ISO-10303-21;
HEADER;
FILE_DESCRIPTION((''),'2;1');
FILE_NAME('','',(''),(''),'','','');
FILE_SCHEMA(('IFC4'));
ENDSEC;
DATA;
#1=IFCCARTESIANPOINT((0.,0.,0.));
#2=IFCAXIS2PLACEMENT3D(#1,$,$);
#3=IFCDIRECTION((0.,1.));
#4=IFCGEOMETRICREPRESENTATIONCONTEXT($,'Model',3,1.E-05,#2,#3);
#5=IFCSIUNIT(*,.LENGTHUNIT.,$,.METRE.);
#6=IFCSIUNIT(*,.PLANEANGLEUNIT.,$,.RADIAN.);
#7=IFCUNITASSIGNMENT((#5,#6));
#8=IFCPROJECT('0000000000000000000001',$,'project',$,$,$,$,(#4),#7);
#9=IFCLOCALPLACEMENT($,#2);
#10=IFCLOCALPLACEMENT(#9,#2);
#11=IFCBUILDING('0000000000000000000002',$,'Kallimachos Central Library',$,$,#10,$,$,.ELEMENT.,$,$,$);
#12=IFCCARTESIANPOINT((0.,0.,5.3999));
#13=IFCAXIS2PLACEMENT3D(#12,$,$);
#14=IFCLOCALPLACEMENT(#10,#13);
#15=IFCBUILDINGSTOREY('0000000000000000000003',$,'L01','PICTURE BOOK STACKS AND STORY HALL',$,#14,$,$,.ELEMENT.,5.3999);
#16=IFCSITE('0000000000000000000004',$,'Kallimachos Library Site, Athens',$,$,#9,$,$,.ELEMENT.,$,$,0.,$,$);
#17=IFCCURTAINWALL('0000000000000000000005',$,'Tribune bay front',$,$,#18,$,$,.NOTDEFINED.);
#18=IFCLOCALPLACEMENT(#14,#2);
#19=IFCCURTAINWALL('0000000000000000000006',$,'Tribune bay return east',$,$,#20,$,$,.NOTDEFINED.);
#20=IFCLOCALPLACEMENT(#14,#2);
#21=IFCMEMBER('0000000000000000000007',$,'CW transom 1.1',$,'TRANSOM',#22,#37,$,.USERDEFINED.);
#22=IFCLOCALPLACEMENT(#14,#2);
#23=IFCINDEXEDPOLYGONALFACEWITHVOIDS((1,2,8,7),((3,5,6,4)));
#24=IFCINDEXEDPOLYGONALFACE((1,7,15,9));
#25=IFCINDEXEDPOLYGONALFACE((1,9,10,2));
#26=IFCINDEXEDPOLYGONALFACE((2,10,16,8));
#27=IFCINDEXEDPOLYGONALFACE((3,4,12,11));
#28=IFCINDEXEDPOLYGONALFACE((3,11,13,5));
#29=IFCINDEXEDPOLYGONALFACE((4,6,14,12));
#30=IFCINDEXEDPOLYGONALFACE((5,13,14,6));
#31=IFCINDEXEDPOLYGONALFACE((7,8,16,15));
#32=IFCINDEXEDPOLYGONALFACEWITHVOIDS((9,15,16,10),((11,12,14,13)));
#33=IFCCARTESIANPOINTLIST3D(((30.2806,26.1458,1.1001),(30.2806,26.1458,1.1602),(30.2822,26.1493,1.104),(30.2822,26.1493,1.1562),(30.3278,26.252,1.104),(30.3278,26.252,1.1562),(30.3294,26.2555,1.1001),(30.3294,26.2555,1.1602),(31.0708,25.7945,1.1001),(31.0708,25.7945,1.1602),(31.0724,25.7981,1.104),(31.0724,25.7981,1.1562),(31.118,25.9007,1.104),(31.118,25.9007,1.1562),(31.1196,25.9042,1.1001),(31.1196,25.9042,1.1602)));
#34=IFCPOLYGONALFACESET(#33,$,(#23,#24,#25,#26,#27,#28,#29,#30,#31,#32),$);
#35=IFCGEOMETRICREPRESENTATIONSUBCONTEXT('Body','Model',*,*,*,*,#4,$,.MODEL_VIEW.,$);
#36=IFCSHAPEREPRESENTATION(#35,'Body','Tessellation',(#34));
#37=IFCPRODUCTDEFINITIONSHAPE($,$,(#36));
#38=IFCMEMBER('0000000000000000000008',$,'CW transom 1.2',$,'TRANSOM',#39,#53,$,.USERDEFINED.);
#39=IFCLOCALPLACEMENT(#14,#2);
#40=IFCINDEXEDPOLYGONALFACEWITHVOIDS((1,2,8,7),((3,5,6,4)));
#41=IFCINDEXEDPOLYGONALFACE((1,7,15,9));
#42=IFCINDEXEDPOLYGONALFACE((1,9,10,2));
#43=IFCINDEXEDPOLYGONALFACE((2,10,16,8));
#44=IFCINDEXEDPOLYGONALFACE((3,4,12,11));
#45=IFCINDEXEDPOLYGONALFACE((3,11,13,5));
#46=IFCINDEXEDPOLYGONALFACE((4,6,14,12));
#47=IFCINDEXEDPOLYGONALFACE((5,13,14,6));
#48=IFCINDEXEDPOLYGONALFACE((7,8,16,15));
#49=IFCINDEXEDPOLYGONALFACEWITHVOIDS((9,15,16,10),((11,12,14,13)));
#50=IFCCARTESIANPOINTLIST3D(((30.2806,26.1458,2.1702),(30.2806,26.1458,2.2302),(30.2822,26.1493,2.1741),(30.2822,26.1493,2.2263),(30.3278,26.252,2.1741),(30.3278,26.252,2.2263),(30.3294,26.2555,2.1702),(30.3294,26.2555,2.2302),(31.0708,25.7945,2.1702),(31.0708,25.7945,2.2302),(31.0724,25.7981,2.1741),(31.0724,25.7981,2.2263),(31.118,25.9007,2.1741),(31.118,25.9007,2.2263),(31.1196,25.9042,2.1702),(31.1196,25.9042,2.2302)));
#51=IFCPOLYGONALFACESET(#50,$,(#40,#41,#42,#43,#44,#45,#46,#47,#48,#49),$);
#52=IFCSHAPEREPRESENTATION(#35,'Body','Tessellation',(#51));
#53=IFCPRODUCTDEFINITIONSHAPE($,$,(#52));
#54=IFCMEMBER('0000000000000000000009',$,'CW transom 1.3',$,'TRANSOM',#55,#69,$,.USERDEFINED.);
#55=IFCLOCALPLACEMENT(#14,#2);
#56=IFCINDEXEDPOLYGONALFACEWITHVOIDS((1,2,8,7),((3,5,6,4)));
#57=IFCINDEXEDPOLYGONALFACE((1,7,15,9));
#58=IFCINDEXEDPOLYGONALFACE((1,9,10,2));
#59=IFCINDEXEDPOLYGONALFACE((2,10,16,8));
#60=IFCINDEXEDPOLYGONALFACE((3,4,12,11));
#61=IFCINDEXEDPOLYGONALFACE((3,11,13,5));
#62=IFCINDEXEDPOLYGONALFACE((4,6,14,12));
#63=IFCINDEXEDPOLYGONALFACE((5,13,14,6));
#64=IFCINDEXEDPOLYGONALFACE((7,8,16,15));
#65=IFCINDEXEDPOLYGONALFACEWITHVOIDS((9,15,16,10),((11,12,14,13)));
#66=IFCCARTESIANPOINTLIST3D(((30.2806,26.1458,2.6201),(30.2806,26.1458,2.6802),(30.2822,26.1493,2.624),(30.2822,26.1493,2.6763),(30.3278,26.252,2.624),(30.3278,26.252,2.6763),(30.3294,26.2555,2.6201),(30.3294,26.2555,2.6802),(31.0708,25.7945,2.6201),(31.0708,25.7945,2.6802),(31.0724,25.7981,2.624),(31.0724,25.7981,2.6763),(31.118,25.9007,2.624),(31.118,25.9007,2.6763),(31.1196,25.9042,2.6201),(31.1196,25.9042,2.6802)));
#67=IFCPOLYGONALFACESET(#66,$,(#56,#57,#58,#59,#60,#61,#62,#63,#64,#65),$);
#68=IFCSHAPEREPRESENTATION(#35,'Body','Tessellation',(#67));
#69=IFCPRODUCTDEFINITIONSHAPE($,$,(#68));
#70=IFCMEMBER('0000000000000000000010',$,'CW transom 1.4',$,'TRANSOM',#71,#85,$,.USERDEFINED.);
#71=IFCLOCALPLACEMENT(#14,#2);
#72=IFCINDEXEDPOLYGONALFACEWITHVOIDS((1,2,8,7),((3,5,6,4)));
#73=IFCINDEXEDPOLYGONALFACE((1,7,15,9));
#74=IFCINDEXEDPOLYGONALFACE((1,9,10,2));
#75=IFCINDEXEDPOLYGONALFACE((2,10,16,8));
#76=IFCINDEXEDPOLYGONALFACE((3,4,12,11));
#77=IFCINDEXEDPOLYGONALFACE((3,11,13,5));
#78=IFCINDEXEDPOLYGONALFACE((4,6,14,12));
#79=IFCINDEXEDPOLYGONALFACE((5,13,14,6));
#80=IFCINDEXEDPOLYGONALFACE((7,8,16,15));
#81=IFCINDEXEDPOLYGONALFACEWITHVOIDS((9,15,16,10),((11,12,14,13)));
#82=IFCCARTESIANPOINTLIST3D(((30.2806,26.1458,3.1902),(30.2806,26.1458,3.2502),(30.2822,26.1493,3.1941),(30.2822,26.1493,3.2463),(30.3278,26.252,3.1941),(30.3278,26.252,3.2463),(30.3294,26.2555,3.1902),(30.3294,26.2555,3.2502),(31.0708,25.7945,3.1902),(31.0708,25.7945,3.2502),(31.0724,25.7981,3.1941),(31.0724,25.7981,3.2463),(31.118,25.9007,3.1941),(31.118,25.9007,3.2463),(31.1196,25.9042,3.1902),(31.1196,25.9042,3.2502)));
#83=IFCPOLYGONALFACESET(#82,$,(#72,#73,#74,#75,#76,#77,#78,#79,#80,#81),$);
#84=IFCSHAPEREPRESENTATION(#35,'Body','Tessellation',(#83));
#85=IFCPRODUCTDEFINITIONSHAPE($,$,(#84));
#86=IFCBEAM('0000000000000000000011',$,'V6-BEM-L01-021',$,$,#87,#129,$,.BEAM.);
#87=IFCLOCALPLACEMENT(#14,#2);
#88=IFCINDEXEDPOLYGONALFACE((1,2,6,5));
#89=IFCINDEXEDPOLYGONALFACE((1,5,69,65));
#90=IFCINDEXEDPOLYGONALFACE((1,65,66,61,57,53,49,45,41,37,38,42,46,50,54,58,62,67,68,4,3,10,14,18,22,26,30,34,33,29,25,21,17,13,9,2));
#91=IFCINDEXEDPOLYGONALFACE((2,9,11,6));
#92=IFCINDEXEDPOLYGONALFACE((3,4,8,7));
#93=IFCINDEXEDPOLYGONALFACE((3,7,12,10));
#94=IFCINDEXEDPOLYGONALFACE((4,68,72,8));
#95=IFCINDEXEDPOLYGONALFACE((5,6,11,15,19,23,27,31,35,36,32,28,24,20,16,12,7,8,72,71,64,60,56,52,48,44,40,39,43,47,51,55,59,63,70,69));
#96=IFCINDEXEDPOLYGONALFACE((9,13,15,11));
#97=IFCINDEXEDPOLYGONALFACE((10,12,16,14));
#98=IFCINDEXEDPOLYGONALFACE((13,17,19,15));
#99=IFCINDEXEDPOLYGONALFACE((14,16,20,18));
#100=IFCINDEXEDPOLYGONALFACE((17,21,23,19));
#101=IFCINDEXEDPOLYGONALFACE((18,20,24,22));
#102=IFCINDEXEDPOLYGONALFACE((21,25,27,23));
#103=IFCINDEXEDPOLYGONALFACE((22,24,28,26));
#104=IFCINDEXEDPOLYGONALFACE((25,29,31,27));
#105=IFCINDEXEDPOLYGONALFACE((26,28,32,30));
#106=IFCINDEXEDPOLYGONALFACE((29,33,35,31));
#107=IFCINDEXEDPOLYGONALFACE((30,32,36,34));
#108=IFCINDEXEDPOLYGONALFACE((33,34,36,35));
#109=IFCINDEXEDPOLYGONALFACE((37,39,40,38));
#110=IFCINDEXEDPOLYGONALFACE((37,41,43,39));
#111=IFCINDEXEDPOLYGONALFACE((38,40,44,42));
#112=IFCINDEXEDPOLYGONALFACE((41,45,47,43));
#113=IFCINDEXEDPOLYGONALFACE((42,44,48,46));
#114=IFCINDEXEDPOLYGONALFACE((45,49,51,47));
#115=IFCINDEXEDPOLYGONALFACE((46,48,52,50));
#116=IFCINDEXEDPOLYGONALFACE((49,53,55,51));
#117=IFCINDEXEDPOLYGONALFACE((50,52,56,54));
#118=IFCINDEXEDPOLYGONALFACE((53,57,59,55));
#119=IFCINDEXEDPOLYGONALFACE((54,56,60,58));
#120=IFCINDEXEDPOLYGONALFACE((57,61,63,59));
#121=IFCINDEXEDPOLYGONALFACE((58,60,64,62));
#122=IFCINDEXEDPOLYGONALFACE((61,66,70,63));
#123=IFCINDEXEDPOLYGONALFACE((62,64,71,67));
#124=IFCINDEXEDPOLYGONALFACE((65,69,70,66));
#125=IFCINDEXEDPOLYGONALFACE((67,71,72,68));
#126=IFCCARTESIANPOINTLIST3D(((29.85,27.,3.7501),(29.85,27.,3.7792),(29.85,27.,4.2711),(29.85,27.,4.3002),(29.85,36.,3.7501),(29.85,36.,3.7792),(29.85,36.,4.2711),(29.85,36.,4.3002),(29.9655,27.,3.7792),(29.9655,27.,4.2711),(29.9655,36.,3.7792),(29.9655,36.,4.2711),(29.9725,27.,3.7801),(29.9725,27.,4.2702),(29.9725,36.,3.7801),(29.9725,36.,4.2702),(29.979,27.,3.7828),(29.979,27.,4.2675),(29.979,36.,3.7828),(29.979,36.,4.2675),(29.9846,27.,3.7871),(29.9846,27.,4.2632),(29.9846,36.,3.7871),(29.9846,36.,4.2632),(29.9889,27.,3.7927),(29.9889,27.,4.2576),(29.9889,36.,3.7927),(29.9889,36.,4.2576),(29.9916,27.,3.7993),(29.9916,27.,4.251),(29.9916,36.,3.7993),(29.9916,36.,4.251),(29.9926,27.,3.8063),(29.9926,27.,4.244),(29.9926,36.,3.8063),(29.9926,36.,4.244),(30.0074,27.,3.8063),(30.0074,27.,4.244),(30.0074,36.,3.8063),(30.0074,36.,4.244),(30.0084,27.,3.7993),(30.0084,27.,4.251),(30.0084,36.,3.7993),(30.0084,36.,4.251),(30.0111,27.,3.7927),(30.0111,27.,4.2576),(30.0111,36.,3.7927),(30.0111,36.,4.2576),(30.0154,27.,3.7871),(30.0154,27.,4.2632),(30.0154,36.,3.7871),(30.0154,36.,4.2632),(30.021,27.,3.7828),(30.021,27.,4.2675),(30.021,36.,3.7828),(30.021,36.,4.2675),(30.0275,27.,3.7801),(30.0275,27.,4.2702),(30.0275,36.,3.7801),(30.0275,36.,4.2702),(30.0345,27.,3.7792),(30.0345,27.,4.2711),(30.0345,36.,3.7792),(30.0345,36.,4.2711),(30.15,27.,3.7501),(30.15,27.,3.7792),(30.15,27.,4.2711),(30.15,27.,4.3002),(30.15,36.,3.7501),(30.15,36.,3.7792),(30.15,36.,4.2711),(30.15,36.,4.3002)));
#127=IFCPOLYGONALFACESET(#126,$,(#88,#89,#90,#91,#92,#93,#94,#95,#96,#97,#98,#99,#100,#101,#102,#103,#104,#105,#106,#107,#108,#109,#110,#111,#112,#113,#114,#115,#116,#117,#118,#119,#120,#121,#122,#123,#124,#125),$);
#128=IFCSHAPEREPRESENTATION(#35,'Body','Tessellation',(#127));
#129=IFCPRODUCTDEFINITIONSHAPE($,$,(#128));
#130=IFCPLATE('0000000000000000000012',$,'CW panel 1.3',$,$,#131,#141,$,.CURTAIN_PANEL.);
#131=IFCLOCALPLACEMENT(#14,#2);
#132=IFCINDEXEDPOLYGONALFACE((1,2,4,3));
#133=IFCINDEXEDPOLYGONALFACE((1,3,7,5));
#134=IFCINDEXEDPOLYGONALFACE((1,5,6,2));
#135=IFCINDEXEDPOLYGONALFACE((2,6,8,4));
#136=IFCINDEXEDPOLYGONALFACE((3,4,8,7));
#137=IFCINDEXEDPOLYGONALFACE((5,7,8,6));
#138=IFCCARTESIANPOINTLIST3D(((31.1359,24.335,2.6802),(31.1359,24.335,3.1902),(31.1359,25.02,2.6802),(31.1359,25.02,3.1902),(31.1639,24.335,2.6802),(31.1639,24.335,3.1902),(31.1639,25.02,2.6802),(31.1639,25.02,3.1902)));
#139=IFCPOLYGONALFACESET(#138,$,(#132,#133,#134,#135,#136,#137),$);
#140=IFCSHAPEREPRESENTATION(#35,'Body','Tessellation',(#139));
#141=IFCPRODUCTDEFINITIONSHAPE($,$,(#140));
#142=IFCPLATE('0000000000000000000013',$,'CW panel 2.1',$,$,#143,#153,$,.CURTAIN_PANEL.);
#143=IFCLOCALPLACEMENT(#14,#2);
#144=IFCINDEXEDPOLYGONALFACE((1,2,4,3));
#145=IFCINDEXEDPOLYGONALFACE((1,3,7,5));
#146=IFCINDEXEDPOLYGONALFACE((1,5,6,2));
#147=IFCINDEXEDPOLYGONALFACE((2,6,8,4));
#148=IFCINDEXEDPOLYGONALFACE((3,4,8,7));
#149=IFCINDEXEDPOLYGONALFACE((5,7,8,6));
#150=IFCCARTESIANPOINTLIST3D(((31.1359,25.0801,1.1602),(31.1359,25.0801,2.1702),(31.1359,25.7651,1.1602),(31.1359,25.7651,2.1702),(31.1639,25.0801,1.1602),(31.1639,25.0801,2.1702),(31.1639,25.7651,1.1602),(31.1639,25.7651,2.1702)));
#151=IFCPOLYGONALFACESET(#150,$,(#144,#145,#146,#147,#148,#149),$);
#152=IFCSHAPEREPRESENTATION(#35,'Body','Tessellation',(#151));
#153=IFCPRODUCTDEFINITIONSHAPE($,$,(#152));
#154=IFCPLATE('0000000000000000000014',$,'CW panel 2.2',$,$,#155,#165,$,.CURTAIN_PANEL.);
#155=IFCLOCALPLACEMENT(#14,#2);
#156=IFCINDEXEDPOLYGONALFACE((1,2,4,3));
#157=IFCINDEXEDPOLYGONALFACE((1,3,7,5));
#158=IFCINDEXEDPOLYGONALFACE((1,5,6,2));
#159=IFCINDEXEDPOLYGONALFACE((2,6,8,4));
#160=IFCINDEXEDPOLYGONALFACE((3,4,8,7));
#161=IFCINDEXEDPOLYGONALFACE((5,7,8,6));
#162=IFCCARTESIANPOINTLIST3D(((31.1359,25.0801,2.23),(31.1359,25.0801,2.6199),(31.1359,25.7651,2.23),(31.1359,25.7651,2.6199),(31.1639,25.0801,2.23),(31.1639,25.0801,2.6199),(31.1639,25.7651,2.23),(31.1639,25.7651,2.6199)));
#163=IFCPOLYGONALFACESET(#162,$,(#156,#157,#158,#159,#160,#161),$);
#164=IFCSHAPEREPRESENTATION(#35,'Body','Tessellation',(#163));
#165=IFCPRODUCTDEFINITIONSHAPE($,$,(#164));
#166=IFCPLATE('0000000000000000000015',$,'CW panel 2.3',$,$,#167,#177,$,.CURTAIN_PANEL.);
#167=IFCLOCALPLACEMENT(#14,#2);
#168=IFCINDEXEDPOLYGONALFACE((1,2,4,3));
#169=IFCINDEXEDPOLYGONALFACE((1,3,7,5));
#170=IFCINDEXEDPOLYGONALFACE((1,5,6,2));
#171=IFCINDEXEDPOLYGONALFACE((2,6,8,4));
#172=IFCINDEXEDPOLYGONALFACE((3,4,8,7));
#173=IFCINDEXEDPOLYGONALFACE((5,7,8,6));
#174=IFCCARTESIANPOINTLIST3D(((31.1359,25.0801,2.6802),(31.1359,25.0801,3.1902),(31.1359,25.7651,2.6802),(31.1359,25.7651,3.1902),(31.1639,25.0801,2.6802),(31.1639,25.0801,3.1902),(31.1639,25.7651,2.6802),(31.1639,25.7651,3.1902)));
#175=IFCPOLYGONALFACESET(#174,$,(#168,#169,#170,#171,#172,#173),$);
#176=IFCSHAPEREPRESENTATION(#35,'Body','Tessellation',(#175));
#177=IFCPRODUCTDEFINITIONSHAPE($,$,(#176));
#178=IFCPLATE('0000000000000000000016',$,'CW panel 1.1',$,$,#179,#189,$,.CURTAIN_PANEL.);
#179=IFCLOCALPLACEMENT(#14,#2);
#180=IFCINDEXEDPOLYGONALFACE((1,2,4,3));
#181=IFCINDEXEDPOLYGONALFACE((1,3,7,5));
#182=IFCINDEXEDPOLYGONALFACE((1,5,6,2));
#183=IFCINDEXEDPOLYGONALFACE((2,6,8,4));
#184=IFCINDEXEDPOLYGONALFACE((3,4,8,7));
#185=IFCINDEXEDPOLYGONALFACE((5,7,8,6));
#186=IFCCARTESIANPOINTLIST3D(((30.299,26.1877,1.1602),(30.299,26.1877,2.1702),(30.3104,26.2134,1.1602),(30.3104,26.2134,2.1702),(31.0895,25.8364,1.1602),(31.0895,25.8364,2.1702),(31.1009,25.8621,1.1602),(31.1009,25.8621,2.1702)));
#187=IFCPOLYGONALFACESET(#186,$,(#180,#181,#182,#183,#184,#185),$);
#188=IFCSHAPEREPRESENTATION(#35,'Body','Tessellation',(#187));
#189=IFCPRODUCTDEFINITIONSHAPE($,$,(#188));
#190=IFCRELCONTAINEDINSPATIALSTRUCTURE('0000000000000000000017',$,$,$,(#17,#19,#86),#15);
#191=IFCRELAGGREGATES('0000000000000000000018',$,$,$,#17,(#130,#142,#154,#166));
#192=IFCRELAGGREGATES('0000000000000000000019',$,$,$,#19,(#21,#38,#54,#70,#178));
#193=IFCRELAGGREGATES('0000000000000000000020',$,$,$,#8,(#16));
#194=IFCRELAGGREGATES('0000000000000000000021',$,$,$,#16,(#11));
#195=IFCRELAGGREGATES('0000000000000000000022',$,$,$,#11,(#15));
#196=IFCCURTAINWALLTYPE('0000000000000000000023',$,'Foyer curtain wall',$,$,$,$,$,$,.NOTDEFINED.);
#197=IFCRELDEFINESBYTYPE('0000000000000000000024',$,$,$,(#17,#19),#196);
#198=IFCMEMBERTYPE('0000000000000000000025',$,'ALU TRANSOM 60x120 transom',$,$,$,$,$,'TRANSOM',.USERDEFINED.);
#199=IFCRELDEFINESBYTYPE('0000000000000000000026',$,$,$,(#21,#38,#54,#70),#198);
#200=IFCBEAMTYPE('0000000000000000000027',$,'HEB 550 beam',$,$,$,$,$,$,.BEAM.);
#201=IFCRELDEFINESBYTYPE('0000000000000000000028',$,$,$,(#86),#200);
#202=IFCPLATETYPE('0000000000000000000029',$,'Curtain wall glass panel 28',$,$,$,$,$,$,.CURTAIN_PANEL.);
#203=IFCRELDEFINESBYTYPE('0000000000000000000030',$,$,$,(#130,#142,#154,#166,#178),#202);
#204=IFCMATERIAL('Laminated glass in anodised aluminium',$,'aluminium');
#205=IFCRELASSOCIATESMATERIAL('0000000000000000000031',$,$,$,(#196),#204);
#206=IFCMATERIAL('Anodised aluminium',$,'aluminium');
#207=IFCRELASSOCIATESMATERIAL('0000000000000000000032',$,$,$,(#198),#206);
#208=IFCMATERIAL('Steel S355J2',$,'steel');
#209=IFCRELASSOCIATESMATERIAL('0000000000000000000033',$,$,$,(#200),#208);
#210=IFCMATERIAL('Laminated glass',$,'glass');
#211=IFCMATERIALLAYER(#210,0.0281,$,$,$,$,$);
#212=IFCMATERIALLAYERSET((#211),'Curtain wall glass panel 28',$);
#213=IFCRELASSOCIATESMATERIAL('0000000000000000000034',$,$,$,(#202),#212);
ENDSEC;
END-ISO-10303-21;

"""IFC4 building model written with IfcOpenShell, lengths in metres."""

from ifc_helpers import new_model, si_unit, direction, frame, origin, origin_2d, place, context, subcontext, project, spatial, rectangle, hollow_rectangle, i_section, extrude, material, layer, layer_set, material_profile, profile_set, type_object, element, aggregate, save


model = new_model("IFC4")

# Units and contexts
model_context = context("Model", 3, precision=1e-05, world=origin(), true_north=direction((0.0, 1.0)))
body_context = subcontext(model_context, "Body", "Model", "MODEL_VIEW")
ifc_project = project(units=[si_unit("LENGTHUNIT", "METRE"), si_unit("PLANEANGLEUNIT", "RADIAN")], contexts=[model_context])

# Site, building, storey
site_placement = place(None, origin())
site = spatial("IfcSite", under=ifc_project, at=site_placement, Name="Kallimachos Library Site, Athens", CompositionType="ELEMENT", RefElevation=0.0)
building_placement = place(site_placement, origin())
building = spatial("IfcBuilding", under=site, at=building_placement, Name="Kallimachos Central Library", CompositionType="ELEMENT")
storey_placement = place(building_placement, frame((0.0, 0.0, 5.3999)))
storey = spatial("IfcBuildingStorey", under=building, at=storey_placement, Name="L01", Description="PICTURE BOOK STACKS AND STORY HALL", CompositionType="ELEMENT", Elevation=5.3999)

# Curtain walls
ifc_material_1 = material(Name="Laminated glass in anodised aluminium", Category="aluminium")
curtain_wall_type = type_object("IfcCurtainWallType", Name="Foyer curtain wall", PredefinedType="NOTDEFINED", material=ifc_material_1)
curtain_wall_1_placement = place(storey_placement, origin())
curtain_wall_1 = element("IfcCurtainWall", 1, at=curtain_wall_1_placement, inside=storey, type_object=curtain_wall_type, Name="Tribune bay front", PredefinedType="NOTDEFINED")
curtain_wall_2_placement = place(storey_placement, origin())
curtain_wall_2 = element("IfcCurtainWall", 2, at=curtain_wall_2_placement, inside=storey, type_object=curtain_wall_type, Name="Tribune bay return east", PredefinedType="NOTDEFINED")

# Members
ifc_material_2 = material(Name="Anodised aluminium", Category="aluminium")
ifc_material_profile_1 = material_profile(ifc_material_2, hollow_rectangle(XDim=0.0601, YDim=0.1201, WallThickness=0.0039, at=origin_2d()), Name="ALU TRANSOM 60x120")
ifc_profile_set_1 = profile_set([ifc_material_profile_1], Name="Anodised aluminium")
member_type_1 = type_object("IfcMemberType", Name="ALU TRANSOM 60x120 transom", ElementType="TRANSOM", PredefinedType="USERDEFINED", material=ifc_profile_set_1)
member_1_placement = place(storey_placement, frame((31.0952, 25.8494, 1.1301), z_axis=(-0.913777, 0.406217, 0.0), x_axis=(0.0, 0.0, 1.0)))
member_1 = element("IfcMember", 3, at=member_1_placement, type_object=member_type_1, Name="CW transom 1.1", ObjectType="TRANSOM", PredefinedType="USERDEFINED", context=body_context, shape_type="SweptSolid", body=[
    extrude(hollow_rectangle(XDim=0.0601, YDim=0.1201, WallThickness=0.0039, at=origin_2d()), origin(), (0.0, 0.0, 1.0), 0.8647),
])
member_2_placement = place(storey_placement, frame((31.0952, 25.8494, 2.2002), z_axis=(-0.913777, 0.406217, 0.0), x_axis=(0.0, 0.0, 1.0)))
member_2 = element("IfcMember", 4, at=member_2_placement, type_object=member_type_1, Name="CW transom 1.2", ObjectType="TRANSOM", PredefinedType="USERDEFINED", context=body_context, shape_type="SweptSolid", body=[
    extrude(hollow_rectangle(XDim=0.0601, YDim=0.1201, WallThickness=0.0039, at=origin_2d()), origin(), (0.0, 0.0, 1.0), 0.8647),
])
member_3_placement = place(storey_placement, frame((31.0952, 25.8494, 2.6501), z_axis=(-0.913777, 0.406217, 0.0), x_axis=(0.0, 0.0, 1.0)))
member_3 = element("IfcMember", 5, at=member_3_placement, type_object=member_type_1, Name="CW transom 1.3", ObjectType="TRANSOM", PredefinedType="USERDEFINED", context=body_context, shape_type="SweptSolid", body=[
    extrude(hollow_rectangle(XDim=0.0601, YDim=0.1201, WallThickness=0.0039, at=origin_2d()), origin(), (0.0, 0.0, 1.0), 0.8647),
])
member_4_placement = place(storey_placement, frame((31.0952, 25.8494, 3.2202), z_axis=(-0.913777, 0.406217, 0.0), x_axis=(0.0, 0.0, 1.0)))
member_4 = element("IfcMember", 6, at=member_4_placement, type_object=member_type_1, Name="CW transom 1.4", ObjectType="TRANSOM", PredefinedType="USERDEFINED", context=body_context, shape_type="SweptSolid", body=[
    extrude(hollow_rectangle(XDim=0.0601, YDim=0.1201, WallThickness=0.0039, at=origin_2d()), origin(), (0.0, 0.0, 1.0), 0.8647),
])

# Beam
ifc_material_3 = material(Name="Steel S355J2", Category="steel")
ifc_material_profile_2 = material_profile(ifc_material_3, i_section(OverallWidth=0.3, OverallDepth=0.55, WebThickness=0.0149, FlangeThickness=0.0291, FilletRadius=0.0271, at=origin_2d()), Name="HEB 550")
ifc_profile_set_2 = profile_set([ifc_material_profile_2], Name="Steel S355J2")
beam_type = type_object("IfcBeamType", Name="HEB 550 beam", PredefinedType="BEAM", material=ifc_profile_set_2)
beam_placement = place(storey_placement, frame((30.0, 27.0, 4.0251), z_axis=(0.0, 1.0, 0.0), x_axis=(-1.0, 0.0, 0.0)))
element("IfcBeam", 7, at=beam_placement, inside=storey, type_object=beam_type, Name="V6-BEM-L01-021", PredefinedType="BEAM", context=body_context, shape_type="SweptSolid", body=[
    extrude(i_section(OverallWidth=0.3, OverallDepth=0.55, WebThickness=0.0149, FlangeThickness=0.0291, FilletRadius=0.0271, at=origin_2d()), origin(), (0.0, 0.0, 1.0), 9.0),
])

# Plates
ifc_material_4 = material(Name="Laminated glass", Category="glass")
ifc_layer = layer(ifc_material_4, 0.0281)
ifc_layer_set = layer_set([ifc_layer], Name="Curtain wall glass panel 28")
plate_type = type_object("IfcPlateType", Name="Curtain wall glass panel 28", PredefinedType="CURTAIN_PANEL", material=ifc_layer_set)
plate_1_placement = place(storey_placement, frame((31.1499, 24.6775, 2.6802), z_axis=(0.0, 0.0, 1.0), x_axis=(0.0, 1.0, 0.0)))
plate_1 = element("IfcPlate", 8, at=plate_1_placement, type_object=plate_type, Name="CW panel 1.3", PredefinedType="CURTAIN_PANEL", context=body_context, shape_type="SweptSolid", body=[
    extrude(rectangle(XDim=0.6851, YDim=0.0281, at=origin_2d()), origin(), (0.0, 0.0, 1.0), 0.51),
])
plate_2_placement = place(storey_placement, frame((31.1499, 25.4226, 1.1602), z_axis=(0.0, 0.0, 1.0), x_axis=(0.0, 1.0, 0.0)))
plate_2 = element("IfcPlate", 9, at=plate_2_placement, type_object=plate_type, Name="CW panel 2.1", PredefinedType="CURTAIN_PANEL", context=body_context, shape_type="SweptSolid", body=[
    extrude(rectangle(XDim=0.6851, YDim=0.0281, at=origin_2d()), origin(), (0.0, 0.0, 1.0), 1.01),
])
plate_3_placement = place(storey_placement, frame((31.1499, 25.4226, 2.23), z_axis=(0.0, 0.0, 1.0), x_axis=(0.0, 1.0, 0.0)))
plate_3 = element("IfcPlate", 10, at=plate_3_placement, type_object=plate_type, Name="CW panel 2.2", PredefinedType="CURTAIN_PANEL", context=body_context, shape_type="SweptSolid", body=[
    extrude(rectangle(XDim=0.6851, YDim=0.0281, at=origin_2d()), origin(), (0.0, 0.0, 1.0), 0.3899),
])
plate_4_placement = place(storey_placement, frame((31.1499, 25.4226, 2.6802), z_axis=(0.0, 0.0, 1.0), x_axis=(0.0, 1.0, 0.0)))
plate_4 = element("IfcPlate", 11, at=plate_4_placement, type_object=plate_type, Name="CW panel 2.3", PredefinedType="CURTAIN_PANEL", context=body_context, shape_type="SweptSolid", body=[
    extrude(rectangle(XDim=0.6851, YDim=0.0281, at=origin_2d()), origin(), (0.0, 0.0, 1.0), 0.51),
])
aggregate(curtain_wall_1, [plate_1, plate_2, plate_3, plate_4])
plate_5_placement = place(storey_placement, frame((30.7, 26.0249, 1.1602), z_axis=(0.0, 0.0, 1.0), x_axis=(-0.913812, 0.406138, 0.0)))
plate_5 = element("IfcPlate", 12, at=plate_5_placement, type_object=plate_type, Name="CW panel 1.1", PredefinedType="CURTAIN_PANEL", context=body_context, shape_type="SweptSolid", body=[
    extrude(rectangle(XDim=0.865, YDim=0.0281, at=origin_2d()), origin(), (0.0, 0.0, 1.0), 1.01),
])
aggregate(curtain_wall_2, [member_1, member_2, member_3, member_4, plate_5])

save(model, "model.ifc")
